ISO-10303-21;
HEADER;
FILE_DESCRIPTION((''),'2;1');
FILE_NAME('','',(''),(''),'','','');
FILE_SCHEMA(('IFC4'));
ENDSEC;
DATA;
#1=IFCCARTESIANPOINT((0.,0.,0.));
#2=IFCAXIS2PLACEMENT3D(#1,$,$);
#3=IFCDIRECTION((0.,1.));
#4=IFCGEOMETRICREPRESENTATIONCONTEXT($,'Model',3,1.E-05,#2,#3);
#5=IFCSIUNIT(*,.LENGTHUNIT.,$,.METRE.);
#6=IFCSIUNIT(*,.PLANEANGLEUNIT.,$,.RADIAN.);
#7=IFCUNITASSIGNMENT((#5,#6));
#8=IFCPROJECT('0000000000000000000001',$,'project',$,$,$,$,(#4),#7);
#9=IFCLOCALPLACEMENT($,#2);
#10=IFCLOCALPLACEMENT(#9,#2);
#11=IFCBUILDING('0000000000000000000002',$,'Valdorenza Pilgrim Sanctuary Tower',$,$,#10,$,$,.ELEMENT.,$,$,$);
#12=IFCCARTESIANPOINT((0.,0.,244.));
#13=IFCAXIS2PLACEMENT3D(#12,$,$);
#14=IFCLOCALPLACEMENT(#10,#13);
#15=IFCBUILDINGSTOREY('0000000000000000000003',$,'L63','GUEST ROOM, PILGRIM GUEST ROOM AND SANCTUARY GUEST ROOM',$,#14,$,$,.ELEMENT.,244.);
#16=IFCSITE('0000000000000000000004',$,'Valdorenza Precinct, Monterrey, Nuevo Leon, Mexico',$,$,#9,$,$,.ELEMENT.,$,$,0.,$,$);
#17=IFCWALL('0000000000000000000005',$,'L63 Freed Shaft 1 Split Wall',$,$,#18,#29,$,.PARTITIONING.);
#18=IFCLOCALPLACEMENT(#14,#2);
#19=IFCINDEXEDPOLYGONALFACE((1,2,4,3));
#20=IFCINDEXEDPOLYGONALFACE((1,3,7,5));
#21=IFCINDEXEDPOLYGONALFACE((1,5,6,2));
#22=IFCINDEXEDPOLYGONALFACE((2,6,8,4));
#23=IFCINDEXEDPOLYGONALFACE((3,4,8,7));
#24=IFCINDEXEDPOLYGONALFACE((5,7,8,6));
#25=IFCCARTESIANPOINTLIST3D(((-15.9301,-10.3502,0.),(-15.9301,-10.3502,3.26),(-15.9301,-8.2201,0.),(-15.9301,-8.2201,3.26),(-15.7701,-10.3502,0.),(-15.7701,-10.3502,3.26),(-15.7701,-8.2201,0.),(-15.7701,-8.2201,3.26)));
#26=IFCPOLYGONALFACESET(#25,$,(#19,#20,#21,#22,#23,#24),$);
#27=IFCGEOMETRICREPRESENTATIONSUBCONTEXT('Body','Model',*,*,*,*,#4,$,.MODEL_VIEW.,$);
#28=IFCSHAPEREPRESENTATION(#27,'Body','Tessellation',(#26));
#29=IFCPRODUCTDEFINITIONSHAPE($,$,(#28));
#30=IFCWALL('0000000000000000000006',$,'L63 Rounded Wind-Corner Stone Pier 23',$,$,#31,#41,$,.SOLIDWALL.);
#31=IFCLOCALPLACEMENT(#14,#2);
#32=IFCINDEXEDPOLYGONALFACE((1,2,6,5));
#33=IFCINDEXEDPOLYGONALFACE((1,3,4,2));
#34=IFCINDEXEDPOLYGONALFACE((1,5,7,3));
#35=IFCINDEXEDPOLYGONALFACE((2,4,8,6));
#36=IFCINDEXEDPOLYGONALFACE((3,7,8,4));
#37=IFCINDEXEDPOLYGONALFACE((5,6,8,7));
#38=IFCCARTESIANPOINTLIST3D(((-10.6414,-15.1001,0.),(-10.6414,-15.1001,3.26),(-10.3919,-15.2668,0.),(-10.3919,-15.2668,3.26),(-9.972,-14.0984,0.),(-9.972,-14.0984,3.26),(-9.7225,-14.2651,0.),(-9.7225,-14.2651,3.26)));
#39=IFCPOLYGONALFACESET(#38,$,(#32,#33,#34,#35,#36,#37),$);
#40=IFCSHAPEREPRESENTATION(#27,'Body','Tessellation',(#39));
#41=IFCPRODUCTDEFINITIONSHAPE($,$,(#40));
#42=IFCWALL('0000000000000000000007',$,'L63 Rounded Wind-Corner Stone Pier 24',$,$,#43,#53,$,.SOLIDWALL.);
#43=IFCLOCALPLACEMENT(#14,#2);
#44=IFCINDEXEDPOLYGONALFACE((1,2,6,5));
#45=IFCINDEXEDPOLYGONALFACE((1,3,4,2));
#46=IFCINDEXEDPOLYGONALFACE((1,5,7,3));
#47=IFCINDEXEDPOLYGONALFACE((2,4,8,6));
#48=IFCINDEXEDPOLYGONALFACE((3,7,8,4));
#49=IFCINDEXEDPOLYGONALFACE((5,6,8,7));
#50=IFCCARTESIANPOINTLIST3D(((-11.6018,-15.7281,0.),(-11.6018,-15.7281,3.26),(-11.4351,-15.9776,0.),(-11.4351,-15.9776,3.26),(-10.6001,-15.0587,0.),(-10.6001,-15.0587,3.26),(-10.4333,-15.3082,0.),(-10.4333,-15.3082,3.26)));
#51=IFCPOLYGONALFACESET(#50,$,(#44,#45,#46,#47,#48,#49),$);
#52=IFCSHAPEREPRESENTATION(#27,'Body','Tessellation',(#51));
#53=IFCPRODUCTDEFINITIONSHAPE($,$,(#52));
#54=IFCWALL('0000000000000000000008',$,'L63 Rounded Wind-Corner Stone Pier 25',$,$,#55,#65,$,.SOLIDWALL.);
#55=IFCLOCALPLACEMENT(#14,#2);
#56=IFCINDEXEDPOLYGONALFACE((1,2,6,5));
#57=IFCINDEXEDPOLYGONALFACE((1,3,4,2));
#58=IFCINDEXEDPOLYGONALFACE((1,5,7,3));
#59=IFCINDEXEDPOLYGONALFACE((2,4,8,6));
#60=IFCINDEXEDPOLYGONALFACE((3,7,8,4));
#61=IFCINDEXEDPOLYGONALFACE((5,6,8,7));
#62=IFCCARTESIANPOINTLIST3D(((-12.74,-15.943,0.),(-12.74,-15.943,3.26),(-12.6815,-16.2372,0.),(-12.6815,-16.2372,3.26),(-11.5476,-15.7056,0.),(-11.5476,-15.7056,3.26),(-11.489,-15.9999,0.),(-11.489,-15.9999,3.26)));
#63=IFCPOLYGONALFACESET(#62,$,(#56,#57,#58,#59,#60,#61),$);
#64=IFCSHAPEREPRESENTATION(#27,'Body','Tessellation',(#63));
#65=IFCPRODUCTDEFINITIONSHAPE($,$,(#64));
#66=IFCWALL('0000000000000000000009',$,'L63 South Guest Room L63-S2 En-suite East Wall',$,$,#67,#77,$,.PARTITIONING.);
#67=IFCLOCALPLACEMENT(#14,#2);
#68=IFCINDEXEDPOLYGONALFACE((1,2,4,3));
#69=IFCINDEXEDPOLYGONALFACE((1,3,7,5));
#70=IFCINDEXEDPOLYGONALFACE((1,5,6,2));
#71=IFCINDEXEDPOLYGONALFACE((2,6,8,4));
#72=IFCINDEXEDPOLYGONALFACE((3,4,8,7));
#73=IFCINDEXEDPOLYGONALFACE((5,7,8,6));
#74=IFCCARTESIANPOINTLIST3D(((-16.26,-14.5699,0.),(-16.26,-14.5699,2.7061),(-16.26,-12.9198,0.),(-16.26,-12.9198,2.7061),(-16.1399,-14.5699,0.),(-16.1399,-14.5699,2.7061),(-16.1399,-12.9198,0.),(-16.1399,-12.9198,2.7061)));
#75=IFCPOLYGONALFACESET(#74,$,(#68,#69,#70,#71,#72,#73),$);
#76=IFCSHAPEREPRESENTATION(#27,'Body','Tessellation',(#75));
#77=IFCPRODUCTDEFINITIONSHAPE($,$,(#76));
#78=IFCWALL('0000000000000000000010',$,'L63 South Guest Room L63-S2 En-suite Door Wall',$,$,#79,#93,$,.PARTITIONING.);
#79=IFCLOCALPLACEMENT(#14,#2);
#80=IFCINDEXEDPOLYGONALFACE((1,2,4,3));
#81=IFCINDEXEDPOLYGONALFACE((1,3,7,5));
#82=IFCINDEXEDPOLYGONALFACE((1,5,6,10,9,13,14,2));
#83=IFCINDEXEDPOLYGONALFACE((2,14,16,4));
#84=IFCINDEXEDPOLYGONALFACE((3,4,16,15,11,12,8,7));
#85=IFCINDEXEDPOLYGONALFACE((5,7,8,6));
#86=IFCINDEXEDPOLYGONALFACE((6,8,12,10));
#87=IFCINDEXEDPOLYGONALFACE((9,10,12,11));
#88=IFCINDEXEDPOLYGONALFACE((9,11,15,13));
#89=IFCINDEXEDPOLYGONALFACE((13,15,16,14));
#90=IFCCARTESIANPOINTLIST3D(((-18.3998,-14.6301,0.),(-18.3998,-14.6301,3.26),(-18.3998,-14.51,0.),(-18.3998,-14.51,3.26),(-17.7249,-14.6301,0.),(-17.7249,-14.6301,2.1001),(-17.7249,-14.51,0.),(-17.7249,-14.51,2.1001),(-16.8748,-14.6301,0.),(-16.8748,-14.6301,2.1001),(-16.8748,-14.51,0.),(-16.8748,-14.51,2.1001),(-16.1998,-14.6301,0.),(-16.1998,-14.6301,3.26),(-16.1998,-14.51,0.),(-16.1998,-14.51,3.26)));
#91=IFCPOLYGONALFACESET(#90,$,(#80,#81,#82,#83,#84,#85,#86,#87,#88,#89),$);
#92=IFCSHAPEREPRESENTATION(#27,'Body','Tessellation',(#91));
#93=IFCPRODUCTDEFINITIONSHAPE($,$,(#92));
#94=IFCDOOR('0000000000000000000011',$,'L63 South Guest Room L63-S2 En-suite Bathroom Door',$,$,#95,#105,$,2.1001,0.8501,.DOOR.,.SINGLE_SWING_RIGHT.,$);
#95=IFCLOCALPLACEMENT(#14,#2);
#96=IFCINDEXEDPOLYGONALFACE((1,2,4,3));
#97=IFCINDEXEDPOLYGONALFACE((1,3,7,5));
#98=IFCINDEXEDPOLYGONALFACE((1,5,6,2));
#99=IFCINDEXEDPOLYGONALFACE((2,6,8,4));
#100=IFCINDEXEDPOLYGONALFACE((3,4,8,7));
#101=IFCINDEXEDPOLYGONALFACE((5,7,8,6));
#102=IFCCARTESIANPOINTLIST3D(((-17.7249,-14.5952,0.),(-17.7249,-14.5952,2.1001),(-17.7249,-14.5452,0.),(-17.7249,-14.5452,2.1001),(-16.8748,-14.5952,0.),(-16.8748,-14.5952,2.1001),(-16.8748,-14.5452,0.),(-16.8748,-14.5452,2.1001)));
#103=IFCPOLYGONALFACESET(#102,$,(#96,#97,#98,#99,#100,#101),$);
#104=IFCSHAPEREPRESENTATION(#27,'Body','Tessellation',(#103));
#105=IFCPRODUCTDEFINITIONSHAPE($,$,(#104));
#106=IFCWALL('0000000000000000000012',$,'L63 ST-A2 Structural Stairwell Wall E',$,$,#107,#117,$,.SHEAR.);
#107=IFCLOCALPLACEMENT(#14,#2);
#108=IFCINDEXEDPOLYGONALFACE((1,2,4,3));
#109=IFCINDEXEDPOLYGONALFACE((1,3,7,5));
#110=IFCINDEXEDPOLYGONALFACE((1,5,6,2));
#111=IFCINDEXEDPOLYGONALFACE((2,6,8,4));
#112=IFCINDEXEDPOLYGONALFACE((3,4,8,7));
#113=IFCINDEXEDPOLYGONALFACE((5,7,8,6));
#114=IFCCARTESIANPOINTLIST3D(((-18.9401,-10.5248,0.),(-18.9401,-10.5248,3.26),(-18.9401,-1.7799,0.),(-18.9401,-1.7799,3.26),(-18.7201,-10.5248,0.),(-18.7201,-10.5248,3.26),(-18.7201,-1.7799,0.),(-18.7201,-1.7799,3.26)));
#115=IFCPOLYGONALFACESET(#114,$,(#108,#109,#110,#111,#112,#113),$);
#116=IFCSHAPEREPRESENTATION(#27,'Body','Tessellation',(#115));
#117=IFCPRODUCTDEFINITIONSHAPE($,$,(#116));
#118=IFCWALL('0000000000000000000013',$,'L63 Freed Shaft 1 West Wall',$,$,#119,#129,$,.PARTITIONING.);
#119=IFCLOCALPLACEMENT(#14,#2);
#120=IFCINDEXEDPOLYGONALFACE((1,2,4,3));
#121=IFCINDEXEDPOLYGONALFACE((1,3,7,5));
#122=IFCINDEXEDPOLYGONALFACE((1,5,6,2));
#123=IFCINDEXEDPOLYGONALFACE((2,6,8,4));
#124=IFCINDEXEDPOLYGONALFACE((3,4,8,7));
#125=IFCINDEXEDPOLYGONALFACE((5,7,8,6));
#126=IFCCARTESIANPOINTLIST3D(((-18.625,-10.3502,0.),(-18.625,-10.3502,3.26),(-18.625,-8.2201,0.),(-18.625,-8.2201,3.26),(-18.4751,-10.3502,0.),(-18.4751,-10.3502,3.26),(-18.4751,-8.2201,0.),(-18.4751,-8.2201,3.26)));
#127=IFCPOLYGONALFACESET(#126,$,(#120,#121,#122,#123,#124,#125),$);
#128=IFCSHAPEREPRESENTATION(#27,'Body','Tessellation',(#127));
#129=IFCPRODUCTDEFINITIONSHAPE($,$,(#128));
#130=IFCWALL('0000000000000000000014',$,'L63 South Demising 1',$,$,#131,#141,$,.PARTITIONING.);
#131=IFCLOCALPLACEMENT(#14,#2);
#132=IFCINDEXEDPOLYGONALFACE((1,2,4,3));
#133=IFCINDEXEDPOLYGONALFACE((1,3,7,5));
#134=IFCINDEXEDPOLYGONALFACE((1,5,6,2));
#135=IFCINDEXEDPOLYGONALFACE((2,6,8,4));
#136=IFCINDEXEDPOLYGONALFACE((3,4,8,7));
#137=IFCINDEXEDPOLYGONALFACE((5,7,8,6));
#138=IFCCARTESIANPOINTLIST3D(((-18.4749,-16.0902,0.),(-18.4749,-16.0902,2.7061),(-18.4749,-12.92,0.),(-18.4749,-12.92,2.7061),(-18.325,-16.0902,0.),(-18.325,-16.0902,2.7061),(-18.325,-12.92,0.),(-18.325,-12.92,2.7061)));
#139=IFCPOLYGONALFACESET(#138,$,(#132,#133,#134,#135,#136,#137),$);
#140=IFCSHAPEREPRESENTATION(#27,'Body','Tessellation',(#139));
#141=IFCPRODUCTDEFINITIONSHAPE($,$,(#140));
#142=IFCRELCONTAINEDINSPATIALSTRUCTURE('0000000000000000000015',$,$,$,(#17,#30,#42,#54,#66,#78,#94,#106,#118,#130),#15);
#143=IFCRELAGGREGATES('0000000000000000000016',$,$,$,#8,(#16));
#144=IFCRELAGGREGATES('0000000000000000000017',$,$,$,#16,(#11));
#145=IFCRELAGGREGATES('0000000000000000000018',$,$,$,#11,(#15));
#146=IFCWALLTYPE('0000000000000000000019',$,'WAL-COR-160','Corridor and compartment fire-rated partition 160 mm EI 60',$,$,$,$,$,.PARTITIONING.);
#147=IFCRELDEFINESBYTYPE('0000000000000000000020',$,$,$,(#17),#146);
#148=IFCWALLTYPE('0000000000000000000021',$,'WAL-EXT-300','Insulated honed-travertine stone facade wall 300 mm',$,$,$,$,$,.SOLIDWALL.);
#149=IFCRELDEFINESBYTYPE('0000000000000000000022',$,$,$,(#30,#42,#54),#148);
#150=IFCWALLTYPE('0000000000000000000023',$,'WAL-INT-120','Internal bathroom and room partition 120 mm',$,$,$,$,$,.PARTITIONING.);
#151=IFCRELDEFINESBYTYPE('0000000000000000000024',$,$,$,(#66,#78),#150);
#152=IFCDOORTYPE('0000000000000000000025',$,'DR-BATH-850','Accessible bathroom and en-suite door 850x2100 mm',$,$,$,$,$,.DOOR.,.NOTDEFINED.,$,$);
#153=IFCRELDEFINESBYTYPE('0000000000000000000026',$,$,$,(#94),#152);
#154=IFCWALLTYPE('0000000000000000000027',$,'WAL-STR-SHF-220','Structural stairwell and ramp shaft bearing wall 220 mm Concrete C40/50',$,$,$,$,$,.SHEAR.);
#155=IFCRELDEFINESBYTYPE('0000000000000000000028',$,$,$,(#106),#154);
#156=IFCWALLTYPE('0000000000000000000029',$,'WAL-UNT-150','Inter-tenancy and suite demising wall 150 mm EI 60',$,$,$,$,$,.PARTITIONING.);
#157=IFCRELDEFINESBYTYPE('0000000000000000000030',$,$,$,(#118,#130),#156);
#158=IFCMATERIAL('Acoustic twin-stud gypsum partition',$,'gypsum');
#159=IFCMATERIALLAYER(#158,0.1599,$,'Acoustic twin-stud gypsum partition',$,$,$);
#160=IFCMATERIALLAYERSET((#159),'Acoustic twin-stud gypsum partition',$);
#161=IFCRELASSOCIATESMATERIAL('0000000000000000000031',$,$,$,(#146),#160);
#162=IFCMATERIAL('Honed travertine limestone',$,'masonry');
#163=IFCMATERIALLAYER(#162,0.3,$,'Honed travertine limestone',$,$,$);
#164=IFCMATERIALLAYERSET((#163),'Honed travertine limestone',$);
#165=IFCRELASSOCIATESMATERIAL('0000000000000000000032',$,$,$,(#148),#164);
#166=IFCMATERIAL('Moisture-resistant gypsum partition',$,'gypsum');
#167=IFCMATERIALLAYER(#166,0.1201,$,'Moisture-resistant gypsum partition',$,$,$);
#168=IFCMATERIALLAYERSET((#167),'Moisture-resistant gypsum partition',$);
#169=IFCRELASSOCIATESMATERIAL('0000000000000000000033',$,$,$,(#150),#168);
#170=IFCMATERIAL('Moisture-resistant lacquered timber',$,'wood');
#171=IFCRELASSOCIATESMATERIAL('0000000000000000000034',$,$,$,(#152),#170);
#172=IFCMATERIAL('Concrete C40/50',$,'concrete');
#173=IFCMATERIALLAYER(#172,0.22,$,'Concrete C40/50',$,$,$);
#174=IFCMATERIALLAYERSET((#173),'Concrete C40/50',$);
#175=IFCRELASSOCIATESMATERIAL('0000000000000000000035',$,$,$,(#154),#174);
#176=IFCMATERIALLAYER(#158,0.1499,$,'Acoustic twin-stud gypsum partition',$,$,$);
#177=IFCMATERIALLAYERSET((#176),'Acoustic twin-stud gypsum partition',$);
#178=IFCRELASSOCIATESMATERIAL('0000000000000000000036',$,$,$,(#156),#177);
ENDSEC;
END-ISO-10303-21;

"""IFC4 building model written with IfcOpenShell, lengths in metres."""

from ifc_helpers import new_model, si_unit, direction, frame, frame_2d, origin, place, context, subcontext, project, spatial, rectangle, extrude, material, layer, layer_set, type_object, element, fill, save


model = new_model("IFC4")

# Units and contexts
model_context = context("Model", 3, precision=1e-05, world=origin(), true_north=direction((0.0, 1.0)))
body_context = subcontext(model_context, "Body", "Model", "MODEL_VIEW")
ifc_project = project(units=[si_unit("LENGTHUNIT", "METRE"), si_unit("PLANEANGLEUNIT", "RADIAN")], contexts=[model_context])

# Site, building, storey
site_placement = place(None, origin())
site = spatial("IfcSite", under=ifc_project, at=site_placement, Name="Valdorenza Precinct, Monterrey, Nuevo Leon, Mexico", CompositionType="ELEMENT", RefElevation=0.0)
building_placement = place(site_placement, origin())
building = spatial("IfcBuilding", under=site, at=building_placement, Name="Valdorenza Pilgrim Sanctuary Tower", CompositionType="ELEMENT")
storey_placement = place(building_placement, frame((0.0, 0.0, 244.0)))
storey = spatial("IfcBuildingStorey", under=building, at=storey_placement, Name="L63", Description="GUEST ROOM, PILGRIM GUEST ROOM AND SANCTUARY GUEST ROOM", CompositionType="ELEMENT", Elevation=244.0)

# Shared definitions
ifc_material_1 = material(Name="Honed travertine limestone", Category="masonry")

# Walls
ifc_material_2 = material(Name="Acoustic twin-stud gypsum partition", Category="gypsum")
ifc_layer_1 = layer(ifc_material_2, 0.1599, Name="Acoustic twin-stud gypsum partition")
ifc_layer_set_1 = layer_set([ifc_layer_1], Name="Acoustic twin-stud gypsum partition")
wall_type_1 = type_object("IfcWallType", Name="WAL-COR-160", Description="Corridor and compartment fire-rated partition 160 mm EI 60", PredefinedType="PARTITIONING", material=ifc_layer_set_1)
for number, where, z_axis, x_axis, name in (
    (1, (-15.8501, -10.3501, 0.0), (0.0, 0.0, 1.0), (0.0, 1.0, 0.0), "L63 Freed Shaft 1 Split Wall"),
):
    element("IfcWall", number, at=place(storey_placement, frame(where, z_axis=z_axis, x_axis=x_axis)), inside=storey, type_object=wall_type_1, Name=name, PredefinedType="PARTITIONING", context=body_context, shape_type="SweptSolid", body=[
        extrude(rectangle(XDim=2.1301, YDim=0.1599, at=frame_2d((1.0649, 0.0))), origin(), (0.0, 0.0, 1.0), 3.26),
    ])
ifc_layer_2 = layer(ifc_material_1, 0.3, Name="Honed travertine limestone")
ifc_layer_set_2 = layer_set([ifc_layer_2], Name="Honed travertine limestone")
wall_type_2 = type_object("IfcWallType", Name="WAL-EXT-300", Description="Insulated honed-travertine stone facade wall 300 mm", PredefinedType="SOLIDWALL", material=ifc_layer_set_2)
for number, where, z_axis, x_axis, name in (
    (2, (-9.8472, -14.1816, 0.0), (0.0, 0.0, 1.0), (-0.555635, -0.831426, 0.0), "L63 Rounded Wind-Corner Stone Pier 23"),
    (3, (-10.5166, -15.1833, 0.0), (0.0, 0.0, 1.0), (-0.831426, -0.555635, 0.0), "L63 Rounded Wind-Corner Stone Pier 24"),
):
    element("IfcWall", number, at=place(storey_placement, frame(where, z_axis=z_axis, x_axis=x_axis)), inside=storey, type_object=wall_type_2, Name=name, PredefinedType="SOLIDWALL", context=body_context, shape_type="SweptSolid", body=[
        extrude(rectangle(XDim=1.2048, YDim=0.3, at=frame_2d((0.6025, 0.0))), origin(), (0.0, 0.0, 1.0), 3.26),
    ])
wall_1_placement = place(storey_placement, frame((-11.5183, -15.8528, 0.0), z_axis=(0.0, 0.0, 1.0), x_axis=(-0.980766, -0.195189, 0.0)))
element("IfcWall", 4, at=wall_1_placement, inside=storey, type_object=wall_type_2, Name="L63 Rounded Wind-Corner Stone Pier 25", PredefinedType="SOLIDWALL", context=body_context, shape_type="SweptSolid", body=[
    extrude(rectangle(XDim=1.2158, YDim=0.3, at=frame_2d((0.6079, 0.0))), origin(), (0.0, 0.0, 1.0), 3.26),
])
ifc_material_3 = material(Name="Moisture-resistant gypsum partition", Category="gypsum")
ifc_layer_3 = layer(ifc_material_3, 0.1201, Name="Moisture-resistant gypsum partition")
ifc_layer_set_3 = layer_set([ifc_layer_3], Name="Moisture-resistant gypsum partition")
wall_type_3 = type_object("IfcWallType", Name="WAL-INT-120", Description="Internal bathroom and room partition 120 mm", PredefinedType="PARTITIONING", material=ifc_layer_set_3)
wall_2_placement = place(storey_placement, frame((-16.2, -14.5701, 0.0), z_axis=(0.0, 0.0, 1.0), x_axis=(0.0, 1.0, 0.0)))
element("IfcWall", 5, at=wall_2_placement, inside=storey, type_object=wall_type_3, Name="L63 South Guest Room L63-S2 En-suite East Wall", PredefinedType="PARTITIONING", context=body_context, shape_type="SweptSolid", body=[
    extrude(rectangle(XDim=1.6501, YDim=0.1201, at=frame_2d((0.8252, 0.0))), origin(), (0.0, 0.0, 1.0), 2.7061),
])

# Wall, opening, door
wall_3_placement = place(storey_placement, frame((-18.3999, -14.5701, 0.0), z_axis=(0.0, 0.0, 1.0), x_axis=(1.0, 0.0, 0.0)))
wall_3 = element("IfcWall", 6, at=wall_3_placement, inside=storey, type_object=wall_type_3, Name="L63 South Guest Room L63-S2 En-suite Door Wall", PredefinedType="PARTITIONING", context=body_context, shape_type="SweptSolid", body=[
    extrude(rectangle(XDim=2.2, YDim=0.1201, at=frame_2d((1.1001, 0.0))), origin(), (0.0, 0.0, 1.0), 3.26),
])
opening_placement = place(wall_3_placement, frame((0.675, 0.0, 0.0)))
opening = element("IfcOpeningElement", 7, at=opening_placement, cuts=wall_3, PredefinedType="OPENING", context=body_context, shape_type="SweptSolid", body=[
    extrude(rectangle(XDim=0.8501, YDim=2.1001, at=frame_2d((0.425, 1.05))), frame((0.0, 0.075, 0.0), z_axis=(0.0, -1.0, 0.0), x_axis=(1.0, 0.0, 0.0)), (0.0, 0.0, 1.0), 0.1499),
])
ifc_material_4 = material(Name="Moisture-resistant lacquered timber", Category="wood")
door_type = type_object("IfcDoorType", Name="DR-BATH-850", Description="Accessible bathroom and en-suite door 850x2100 mm", OperationType="NOTDEFINED", PredefinedType="DOOR", material=ifc_material_4)
door_placement = place(opening_placement, origin())
door = element("IfcDoor", 8, at=door_placement, inside=storey, type_object=door_type, Name="L63 South Guest Room L63-S2 En-suite Bathroom Door", OperationType="SINGLE_SWING_RIGHT", OverallHeight=2.1001, OverallWidth=0.8501, PredefinedType="DOOR", context=body_context, shape_type="SweptSolid", body=[
    extrude(rectangle(XDim=0.8501, YDim=2.1001, at=frame_2d((0.425, 1.05))), frame((0.0, 0.0249, 0.0), z_axis=(0.0, -1.0, 0.0), x_axis=(1.0, 0.0, 0.0)), (0.0, 0.0, 1.0), 0.05),
])
fill(opening, door)

# Walls
ifc_material_5 = material(Name="Concrete C40/50", Category="concrete")
ifc_layer_4 = layer(ifc_material_5, 0.22, Name="Concrete C40/50")
ifc_layer_set_4 = layer_set([ifc_layer_4], Name="Concrete C40/50")
wall_type_4 = type_object("IfcWallType", Name="WAL-STR-SHF-220", Description="Structural stairwell and ramp shaft bearing wall 220 mm Concrete C40/50", PredefinedType="SHEAR", material=ifc_layer_set_4)
wall_4_placement = place(storey_placement, frame((-18.8301, -10.5249, 0.0), z_axis=(0.0, 0.0, 1.0), x_axis=(0.0, 1.0, 0.0)))
element("IfcWall", 9, at=wall_4_placement, inside=storey, type_object=wall_type_4, Name="L63 ST-A2 Structural Stairwell Wall E", PredefinedType="SHEAR", context=body_context, shape_type="SweptSolid", body=[
    extrude(rectangle(XDim=8.7449, YDim=0.22, at=frame_2d((4.3726, 0.0))), origin(), (0.0, 0.0, 1.0), 3.26),
])
ifc_layer_5 = layer(ifc_material_2, 0.1499, Name="Acoustic twin-stud gypsum partition")
ifc_layer_set_5 = layer_set([ifc_layer_5], Name="Acoustic twin-stud gypsum partition")
wall_type_5 = type_object("IfcWallType", Name="WAL-UNT-150", Description="Inter-tenancy and suite demising wall 150 mm EI 60", PredefinedType="PARTITIONING", material=ifc_layer_set_5)
wall_5_placement = place(storey_placement, frame((-18.55, -10.3501, 0.0), z_axis=(0.0, 0.0, 1.0), x_axis=(0.0, 1.0, 0.0)))
element("IfcWall", 10, at=wall_5_placement, inside=storey, type_object=wall_type_5, Name="L63 Freed Shaft 1 West Wall", PredefinedType="PARTITIONING", context=body_context, shape_type="SweptSolid", body=[
    extrude(rectangle(XDim=2.1301, YDim=0.1499, at=frame_2d((1.0649, 0.0))), origin(), (0.0, 0.0, 1.0), 3.26),
])
wall_6_placement = place(storey_placement, frame((-18.3999, -16.0901, 0.0), z_axis=(0.0, 0.0, 1.0), x_axis=(0.0, 1.0, 0.0)))
element("IfcWall", 11, at=wall_6_placement, inside=storey, type_object=wall_type_5, Name="L63 South Demising 1", PredefinedType="PARTITIONING", context=body_context, shape_type="SweptSolid", body=[
    extrude(rectangle(XDim=3.1702, YDim=0.1499, at=frame_2d((1.585, 0.0))), origin(), (0.0, 0.0, 1.0), 2.7061),
])

save(model, "model.ifc")
